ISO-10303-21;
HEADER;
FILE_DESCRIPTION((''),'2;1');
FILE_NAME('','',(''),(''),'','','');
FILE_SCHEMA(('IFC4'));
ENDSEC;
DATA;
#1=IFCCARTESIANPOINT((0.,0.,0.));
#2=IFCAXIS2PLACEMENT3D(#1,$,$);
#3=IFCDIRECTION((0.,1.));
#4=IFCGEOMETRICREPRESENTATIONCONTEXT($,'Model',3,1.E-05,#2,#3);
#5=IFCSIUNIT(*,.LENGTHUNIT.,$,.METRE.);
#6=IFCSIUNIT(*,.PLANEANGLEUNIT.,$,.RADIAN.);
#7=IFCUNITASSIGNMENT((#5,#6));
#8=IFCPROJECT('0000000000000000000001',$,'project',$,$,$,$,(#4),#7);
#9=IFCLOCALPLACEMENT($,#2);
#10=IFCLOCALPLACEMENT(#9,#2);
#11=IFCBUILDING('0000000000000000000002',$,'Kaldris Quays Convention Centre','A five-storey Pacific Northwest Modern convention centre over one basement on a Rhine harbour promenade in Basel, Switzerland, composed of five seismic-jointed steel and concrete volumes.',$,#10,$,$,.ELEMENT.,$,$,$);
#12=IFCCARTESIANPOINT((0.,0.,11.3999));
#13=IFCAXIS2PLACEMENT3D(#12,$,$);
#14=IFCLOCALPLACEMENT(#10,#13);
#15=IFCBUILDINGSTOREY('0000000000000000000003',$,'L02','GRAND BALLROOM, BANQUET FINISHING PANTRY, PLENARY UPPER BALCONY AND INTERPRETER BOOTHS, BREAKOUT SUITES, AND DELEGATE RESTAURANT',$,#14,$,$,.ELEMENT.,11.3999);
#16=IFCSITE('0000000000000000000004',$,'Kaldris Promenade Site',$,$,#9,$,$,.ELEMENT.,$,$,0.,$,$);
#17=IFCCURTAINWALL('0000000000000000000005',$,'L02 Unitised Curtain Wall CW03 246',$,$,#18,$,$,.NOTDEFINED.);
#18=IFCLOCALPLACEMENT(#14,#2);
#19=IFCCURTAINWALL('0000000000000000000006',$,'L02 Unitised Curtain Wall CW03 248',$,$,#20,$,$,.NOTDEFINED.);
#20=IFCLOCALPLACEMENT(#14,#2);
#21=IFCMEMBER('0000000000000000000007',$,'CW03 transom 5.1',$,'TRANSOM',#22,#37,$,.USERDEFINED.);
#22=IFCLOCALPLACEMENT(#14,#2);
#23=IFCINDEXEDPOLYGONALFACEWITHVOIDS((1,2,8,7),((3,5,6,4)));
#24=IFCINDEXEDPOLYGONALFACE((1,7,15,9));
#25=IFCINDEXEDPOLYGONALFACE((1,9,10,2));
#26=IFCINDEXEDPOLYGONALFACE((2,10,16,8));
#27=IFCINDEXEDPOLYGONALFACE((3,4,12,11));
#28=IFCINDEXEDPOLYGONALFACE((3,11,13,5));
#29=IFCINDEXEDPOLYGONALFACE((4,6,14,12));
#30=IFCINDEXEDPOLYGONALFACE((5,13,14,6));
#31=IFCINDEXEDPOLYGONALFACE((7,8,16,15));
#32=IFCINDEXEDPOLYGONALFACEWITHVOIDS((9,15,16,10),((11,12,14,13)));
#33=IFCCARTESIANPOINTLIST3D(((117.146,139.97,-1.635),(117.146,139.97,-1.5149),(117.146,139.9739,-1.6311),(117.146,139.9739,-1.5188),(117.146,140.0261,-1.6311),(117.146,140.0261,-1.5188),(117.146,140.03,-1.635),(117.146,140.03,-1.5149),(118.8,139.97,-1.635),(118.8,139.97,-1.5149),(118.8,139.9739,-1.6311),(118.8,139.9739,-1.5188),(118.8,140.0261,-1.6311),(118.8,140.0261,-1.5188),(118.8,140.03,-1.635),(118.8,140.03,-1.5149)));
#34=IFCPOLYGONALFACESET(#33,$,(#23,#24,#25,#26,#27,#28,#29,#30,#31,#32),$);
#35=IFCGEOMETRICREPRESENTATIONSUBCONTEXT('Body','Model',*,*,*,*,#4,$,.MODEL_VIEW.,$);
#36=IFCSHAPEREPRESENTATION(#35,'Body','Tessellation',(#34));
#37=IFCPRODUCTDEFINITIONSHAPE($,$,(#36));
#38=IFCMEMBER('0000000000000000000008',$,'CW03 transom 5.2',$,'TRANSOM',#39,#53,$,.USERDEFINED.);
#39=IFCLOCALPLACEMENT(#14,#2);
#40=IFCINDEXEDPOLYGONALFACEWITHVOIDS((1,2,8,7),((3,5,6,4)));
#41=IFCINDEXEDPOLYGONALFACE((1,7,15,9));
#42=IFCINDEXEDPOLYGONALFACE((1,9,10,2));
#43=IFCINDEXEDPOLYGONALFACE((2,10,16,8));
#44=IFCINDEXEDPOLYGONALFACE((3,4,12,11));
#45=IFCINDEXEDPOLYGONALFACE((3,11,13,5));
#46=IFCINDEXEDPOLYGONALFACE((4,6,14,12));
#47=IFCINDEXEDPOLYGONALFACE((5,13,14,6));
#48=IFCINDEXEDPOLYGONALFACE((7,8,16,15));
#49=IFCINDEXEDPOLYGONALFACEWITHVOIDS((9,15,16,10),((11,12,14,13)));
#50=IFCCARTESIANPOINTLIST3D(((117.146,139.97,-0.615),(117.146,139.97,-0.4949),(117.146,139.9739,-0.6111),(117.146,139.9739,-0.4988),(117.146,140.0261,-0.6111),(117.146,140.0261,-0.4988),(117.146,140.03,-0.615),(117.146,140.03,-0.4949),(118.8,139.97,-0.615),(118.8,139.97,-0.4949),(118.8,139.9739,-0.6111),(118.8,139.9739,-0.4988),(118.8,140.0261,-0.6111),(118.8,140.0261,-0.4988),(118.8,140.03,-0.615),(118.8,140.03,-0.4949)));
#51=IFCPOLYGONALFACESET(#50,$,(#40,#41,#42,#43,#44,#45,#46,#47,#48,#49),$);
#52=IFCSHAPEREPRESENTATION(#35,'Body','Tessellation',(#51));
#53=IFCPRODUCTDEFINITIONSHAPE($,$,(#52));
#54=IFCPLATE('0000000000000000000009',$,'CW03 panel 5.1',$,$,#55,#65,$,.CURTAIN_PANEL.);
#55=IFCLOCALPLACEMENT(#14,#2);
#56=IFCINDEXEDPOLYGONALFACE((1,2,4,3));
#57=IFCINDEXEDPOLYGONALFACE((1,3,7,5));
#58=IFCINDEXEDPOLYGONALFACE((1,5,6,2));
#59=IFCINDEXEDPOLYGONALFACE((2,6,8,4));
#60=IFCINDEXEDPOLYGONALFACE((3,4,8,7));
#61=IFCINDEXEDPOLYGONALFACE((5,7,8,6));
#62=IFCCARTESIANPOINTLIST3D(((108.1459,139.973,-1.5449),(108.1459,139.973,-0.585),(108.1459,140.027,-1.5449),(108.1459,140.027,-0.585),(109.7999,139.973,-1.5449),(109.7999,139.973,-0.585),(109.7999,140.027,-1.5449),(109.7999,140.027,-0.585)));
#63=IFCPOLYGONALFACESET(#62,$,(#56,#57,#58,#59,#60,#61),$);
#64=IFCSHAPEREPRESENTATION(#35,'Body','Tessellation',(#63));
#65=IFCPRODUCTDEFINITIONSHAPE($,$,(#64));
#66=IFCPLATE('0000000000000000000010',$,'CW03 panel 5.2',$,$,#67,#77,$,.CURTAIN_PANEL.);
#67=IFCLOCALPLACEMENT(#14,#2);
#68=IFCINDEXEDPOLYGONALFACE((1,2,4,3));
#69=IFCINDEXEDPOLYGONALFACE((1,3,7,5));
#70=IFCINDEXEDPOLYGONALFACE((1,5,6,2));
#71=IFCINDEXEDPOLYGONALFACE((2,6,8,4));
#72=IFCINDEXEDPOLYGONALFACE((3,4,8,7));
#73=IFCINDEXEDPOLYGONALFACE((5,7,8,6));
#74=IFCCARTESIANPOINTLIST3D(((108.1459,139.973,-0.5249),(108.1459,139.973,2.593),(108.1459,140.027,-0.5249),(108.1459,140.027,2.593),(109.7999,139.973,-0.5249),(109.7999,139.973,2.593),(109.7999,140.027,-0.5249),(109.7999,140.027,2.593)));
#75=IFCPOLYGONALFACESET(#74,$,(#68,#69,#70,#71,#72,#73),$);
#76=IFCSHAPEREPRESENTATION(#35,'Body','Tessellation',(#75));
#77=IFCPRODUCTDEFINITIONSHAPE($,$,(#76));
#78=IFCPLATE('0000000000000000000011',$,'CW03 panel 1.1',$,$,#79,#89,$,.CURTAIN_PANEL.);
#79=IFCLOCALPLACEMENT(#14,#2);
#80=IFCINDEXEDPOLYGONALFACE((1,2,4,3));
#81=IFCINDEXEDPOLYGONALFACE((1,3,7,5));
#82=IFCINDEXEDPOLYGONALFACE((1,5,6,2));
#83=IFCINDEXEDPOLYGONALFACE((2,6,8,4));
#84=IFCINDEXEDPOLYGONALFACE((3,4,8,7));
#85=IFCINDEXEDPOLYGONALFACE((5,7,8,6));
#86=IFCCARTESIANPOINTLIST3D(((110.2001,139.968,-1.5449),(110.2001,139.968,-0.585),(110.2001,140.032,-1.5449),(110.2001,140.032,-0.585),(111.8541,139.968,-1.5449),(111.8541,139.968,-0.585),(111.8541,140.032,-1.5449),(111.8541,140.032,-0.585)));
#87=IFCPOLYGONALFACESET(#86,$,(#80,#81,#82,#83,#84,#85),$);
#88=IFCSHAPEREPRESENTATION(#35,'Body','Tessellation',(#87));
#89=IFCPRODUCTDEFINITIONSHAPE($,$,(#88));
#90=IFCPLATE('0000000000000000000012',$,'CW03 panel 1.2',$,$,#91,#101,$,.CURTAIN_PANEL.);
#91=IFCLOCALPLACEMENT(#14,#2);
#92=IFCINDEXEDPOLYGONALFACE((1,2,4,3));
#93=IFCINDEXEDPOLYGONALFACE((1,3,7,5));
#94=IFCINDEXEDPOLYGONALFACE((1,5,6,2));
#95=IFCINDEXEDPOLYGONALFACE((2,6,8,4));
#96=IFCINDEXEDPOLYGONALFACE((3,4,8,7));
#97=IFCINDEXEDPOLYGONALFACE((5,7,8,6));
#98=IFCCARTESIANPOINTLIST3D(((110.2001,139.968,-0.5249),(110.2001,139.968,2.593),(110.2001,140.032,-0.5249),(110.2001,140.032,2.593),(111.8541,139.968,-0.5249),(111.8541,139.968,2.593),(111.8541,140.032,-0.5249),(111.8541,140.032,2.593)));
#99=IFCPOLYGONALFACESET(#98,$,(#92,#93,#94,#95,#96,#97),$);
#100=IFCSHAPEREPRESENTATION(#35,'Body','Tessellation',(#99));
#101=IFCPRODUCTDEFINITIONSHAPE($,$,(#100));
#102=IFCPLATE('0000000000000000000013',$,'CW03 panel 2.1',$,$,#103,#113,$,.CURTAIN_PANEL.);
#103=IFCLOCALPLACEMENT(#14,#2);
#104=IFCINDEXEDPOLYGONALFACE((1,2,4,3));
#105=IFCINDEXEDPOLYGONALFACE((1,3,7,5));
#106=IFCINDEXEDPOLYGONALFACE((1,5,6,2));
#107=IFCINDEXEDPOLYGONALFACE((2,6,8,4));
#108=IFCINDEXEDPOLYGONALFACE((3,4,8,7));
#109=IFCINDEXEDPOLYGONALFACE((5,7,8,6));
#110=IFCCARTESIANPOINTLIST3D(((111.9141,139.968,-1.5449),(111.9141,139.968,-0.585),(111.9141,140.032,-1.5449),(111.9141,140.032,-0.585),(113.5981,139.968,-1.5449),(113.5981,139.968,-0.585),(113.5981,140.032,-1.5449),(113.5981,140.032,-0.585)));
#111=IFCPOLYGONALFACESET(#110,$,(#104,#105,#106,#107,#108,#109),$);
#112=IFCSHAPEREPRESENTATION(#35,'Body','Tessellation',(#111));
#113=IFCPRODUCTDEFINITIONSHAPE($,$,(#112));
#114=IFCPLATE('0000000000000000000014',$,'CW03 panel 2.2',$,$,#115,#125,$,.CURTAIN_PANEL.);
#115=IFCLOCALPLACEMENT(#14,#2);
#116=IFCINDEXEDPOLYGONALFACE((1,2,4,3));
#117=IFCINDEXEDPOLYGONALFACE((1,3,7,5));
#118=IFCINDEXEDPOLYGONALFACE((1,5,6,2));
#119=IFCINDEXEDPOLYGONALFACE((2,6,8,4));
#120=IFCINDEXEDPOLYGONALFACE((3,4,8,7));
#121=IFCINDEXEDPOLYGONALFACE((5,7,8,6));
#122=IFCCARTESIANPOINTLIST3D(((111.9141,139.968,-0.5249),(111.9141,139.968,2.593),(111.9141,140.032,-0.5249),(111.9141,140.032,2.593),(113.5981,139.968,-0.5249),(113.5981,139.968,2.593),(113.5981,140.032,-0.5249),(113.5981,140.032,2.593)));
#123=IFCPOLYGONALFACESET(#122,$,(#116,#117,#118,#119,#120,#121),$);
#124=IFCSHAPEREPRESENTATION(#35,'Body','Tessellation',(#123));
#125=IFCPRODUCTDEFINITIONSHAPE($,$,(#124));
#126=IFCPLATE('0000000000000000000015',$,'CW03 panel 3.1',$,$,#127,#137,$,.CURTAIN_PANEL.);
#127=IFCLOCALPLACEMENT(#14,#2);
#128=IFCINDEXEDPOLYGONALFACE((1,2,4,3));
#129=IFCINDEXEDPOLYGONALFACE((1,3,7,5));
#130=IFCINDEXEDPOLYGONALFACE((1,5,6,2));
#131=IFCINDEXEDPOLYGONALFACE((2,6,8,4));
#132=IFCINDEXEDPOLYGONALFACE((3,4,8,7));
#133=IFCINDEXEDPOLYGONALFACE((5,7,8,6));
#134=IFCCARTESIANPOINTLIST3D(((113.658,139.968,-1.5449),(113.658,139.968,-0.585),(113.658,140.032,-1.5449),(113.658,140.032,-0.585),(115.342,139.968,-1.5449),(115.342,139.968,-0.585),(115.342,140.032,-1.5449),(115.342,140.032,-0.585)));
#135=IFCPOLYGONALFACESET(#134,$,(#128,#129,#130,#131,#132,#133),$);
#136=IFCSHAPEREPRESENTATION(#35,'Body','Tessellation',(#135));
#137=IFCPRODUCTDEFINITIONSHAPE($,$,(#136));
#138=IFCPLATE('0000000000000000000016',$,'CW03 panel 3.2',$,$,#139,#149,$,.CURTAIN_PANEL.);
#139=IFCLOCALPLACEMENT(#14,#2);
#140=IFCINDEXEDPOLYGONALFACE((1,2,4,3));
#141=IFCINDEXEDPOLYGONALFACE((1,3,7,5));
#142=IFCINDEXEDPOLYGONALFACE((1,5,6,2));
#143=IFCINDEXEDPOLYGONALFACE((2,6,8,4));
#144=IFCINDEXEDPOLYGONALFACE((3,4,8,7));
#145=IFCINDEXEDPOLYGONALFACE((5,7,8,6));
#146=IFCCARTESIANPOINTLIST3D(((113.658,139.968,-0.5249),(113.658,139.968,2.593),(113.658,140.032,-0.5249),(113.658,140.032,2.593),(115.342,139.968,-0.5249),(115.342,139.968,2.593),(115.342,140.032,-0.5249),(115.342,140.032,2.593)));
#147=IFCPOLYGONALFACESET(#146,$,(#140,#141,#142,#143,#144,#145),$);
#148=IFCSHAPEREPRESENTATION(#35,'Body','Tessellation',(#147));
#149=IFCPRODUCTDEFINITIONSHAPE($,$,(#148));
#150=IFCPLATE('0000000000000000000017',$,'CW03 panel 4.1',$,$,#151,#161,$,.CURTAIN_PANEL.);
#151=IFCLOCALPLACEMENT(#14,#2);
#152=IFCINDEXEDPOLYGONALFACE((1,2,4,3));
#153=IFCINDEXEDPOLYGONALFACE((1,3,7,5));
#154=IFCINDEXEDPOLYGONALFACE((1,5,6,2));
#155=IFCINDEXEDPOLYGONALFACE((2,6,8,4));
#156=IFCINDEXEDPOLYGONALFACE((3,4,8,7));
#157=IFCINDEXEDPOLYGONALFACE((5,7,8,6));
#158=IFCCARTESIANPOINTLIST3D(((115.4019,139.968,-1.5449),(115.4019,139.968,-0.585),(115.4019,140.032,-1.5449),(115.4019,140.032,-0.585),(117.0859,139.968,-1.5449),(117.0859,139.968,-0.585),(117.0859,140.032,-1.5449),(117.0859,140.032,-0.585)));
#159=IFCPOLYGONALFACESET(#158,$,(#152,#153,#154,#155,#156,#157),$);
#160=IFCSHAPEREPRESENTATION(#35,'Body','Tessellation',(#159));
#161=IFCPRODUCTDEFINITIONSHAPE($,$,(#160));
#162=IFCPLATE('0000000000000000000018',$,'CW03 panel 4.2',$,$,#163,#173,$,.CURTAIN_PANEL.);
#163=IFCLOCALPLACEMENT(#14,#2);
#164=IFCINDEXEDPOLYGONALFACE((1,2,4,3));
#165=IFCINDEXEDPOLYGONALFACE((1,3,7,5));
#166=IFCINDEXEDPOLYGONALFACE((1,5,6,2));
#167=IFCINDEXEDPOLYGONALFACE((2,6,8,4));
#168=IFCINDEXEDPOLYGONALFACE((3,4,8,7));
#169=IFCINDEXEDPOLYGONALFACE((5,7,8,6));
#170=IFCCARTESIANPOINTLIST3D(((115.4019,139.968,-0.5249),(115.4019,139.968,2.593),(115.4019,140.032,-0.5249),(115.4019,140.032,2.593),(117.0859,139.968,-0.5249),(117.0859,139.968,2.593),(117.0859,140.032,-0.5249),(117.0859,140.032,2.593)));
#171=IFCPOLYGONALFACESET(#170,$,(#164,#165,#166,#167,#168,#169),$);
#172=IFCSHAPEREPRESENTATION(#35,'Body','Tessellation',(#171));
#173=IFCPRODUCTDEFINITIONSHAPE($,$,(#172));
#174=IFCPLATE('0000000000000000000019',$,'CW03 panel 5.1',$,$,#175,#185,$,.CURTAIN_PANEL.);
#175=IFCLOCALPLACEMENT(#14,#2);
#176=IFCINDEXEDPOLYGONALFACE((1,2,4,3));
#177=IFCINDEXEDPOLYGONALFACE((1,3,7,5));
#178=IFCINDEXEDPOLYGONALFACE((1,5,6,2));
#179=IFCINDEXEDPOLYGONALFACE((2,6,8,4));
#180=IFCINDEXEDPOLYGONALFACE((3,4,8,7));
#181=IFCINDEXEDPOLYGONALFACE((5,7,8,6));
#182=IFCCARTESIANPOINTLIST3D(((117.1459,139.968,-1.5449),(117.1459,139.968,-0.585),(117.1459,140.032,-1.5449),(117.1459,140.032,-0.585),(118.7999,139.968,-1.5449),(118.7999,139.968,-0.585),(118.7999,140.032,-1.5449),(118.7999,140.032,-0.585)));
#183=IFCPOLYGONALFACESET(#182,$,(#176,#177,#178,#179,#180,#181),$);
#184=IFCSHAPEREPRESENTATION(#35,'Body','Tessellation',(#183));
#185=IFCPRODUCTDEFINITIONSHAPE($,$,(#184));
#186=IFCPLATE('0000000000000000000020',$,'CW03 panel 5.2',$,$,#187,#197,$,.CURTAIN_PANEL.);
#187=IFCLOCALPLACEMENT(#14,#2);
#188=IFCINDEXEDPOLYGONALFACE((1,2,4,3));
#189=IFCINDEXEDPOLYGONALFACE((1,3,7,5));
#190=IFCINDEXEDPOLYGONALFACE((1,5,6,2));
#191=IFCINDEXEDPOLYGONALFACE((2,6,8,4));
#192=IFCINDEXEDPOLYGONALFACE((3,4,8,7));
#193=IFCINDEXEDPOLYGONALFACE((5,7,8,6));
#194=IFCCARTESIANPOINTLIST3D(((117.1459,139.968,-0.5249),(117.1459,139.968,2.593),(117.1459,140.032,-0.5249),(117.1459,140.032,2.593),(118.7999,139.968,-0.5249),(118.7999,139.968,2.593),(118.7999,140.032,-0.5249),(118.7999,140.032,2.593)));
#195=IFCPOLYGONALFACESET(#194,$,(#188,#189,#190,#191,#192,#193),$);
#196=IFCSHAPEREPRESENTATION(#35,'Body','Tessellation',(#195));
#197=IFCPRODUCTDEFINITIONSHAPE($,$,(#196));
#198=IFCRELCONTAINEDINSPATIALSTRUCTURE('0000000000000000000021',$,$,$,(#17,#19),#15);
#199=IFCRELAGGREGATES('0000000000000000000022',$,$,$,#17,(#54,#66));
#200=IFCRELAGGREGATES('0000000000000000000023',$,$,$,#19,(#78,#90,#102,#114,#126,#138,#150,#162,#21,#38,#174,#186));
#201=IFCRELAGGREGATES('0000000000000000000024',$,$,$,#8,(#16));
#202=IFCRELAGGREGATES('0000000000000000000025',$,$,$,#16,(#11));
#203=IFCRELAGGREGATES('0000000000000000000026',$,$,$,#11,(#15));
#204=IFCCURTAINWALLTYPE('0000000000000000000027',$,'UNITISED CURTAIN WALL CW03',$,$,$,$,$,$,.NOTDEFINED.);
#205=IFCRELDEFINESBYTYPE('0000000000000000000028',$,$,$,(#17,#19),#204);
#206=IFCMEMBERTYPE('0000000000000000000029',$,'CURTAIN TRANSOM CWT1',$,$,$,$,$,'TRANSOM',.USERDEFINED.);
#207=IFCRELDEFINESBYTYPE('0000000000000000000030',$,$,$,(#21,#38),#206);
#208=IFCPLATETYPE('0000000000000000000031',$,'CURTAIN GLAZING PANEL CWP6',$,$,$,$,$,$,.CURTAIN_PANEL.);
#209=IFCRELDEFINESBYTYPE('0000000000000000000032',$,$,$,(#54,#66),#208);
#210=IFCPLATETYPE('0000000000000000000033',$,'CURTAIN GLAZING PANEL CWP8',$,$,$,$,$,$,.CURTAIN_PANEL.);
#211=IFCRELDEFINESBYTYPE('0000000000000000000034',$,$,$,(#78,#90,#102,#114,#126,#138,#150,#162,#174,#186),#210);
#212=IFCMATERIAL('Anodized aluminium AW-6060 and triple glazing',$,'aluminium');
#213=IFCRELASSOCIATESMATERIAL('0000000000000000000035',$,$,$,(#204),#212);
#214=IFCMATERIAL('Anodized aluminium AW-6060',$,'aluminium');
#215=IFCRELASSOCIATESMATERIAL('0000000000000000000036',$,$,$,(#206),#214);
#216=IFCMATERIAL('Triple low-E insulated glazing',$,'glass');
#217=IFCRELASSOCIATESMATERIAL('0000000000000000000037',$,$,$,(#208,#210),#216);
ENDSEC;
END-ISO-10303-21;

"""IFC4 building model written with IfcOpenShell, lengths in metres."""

from ifc_helpers import new_model, si_unit, direction, frame, origin, origin_2d, place, context, subcontext, project, spatial, rectangle, hollow_rectangle, extrude, material, material_profile, profile_set, type_object, element, aggregate, save


model = new_model("IFC4")

# Units and contexts
model_context = context("Model", 3, precision=1e-05, world=origin(), true_north=direction((0.0, 1.0)))
body_context = subcontext(model_context, "Body", "Model", "MODEL_VIEW")
ifc_project = project(units=[si_unit("LENGTHUNIT", "METRE"), si_unit("PLANEANGLEUNIT", "RADIAN")], contexts=[model_context])

# Site, building, storey
site_placement = place(None, origin())
site = spatial("IfcSite", under=ifc_project, at=site_placement, Name="Kaldris Promenade Site", CompositionType="ELEMENT", RefElevation=0.0)
building_placement = place(site_placement, origin())
building = spatial("IfcBuilding", under=site, at=building_placement, Name="Kaldris Quays Convention Centre", Description="A five-storey Pacific Northwest Modern convention centre over one basement on a Rhine harbour promenade in Basel, Switzerland, composed of five seismic-jointed steel and concrete volumes.", CompositionType="ELEMENT")
storey_placement = place(building_placement, frame((0.0, 0.0, 11.3999)))
storey = spatial("IfcBuildingStorey", under=building, at=storey_placement, Name="L02", Description="GRAND BALLROOM, BANQUET FINISHING PANTRY, PLENARY UPPER BALCONY AND INTERPRETER BOOTHS, BREAKOUT SUITES, AND DELEGATE RESTAURANT", CompositionType="ELEMENT", Elevation=11.3999)

# Curtain wall
ifc_material_1 = material(Name="Anodized aluminium AW-6060 and triple glazing", Category="aluminium")
curtain_wall_type = type_object("IfcCurtainWallType", Name="UNITISED CURTAIN WALL CW03", PredefinedType="NOTDEFINED", material=ifc_material_1)
curtain_wall_1_placement = place(storey_placement, origin())
curtain_wall_1 = element("IfcCurtainWall", 1, at=curtain_wall_1_placement, inside=storey, type_object=curtain_wall_type, Name="L02 Unitised Curtain Wall CW03 246", PredefinedType="NOTDEFINED")
ifc_material_2 = material(Name="Anodized aluminium AW-6060", Category="aluminium")

# Curtain wall
curtain_wall_2_placement = place(storey_placement, origin())
curtain_wall_2 = element("IfcCurtainWall", 2, at=curtain_wall_2_placement, inside=storey, type_object=curtain_wall_type, Name="L02 Unitised Curtain Wall CW03 248", PredefinedType="NOTDEFINED")

# Members
ifc_material_profile_1 = material_profile(ifc_material_2, hollow_rectangle(XDim=0.0601, YDim=0.1201, WallThickness=0.0039, at=origin_2d()), Name="RHS 120x60x4")
ifc_profile_set_1 = profile_set([ifc_material_profile_1], Name="Anodized aluminium AW-6060")
member_type_1 = type_object("IfcMemberType", Name="CURTAIN TRANSOM CWT1", ElementType="TRANSOM", PredefinedType="USERDEFINED", material=ifc_profile_set_1)
member_1_placement = place(storey_placement, frame((117.146, 140.0, -1.575), z_axis=(1.0, 0.0, 0.0), x_axis=(0.0, 1.0, 0.0)))
member_1 = element("IfcMember", 3, at=member_1_placement, type_object=member_type_1, Name="CW03 transom 5.1", ObjectType="TRANSOM", PredefinedType="USERDEFINED", context=body_context, shape_type="SweptSolid", body=[
    extrude(hollow_rectangle(XDim=0.0601, YDim=0.1201, WallThickness=0.0039, at=origin_2d()), origin(), (0.0, 0.0, 1.0), 1.6541),
])
member_2_placement = place(storey_placement, frame((117.146, 140.0, -0.5549), z_axis=(1.0, 0.0, 0.0), x_axis=(0.0, 1.0, 0.0)))
member_2 = element("IfcMember", 4, at=member_2_placement, type_object=member_type_1, Name="CW03 transom 5.2", ObjectType="TRANSOM", PredefinedType="USERDEFINED", context=body_context, shape_type="SweptSolid", body=[
    extrude(hollow_rectangle(XDim=0.0601, YDim=0.1201, WallThickness=0.0039, at=origin_2d()), origin(), (0.0, 0.0, 1.0), 1.6541),
])

# Plates
ifc_material_3 = material(Name="Triple low-E insulated glazing", Category="glass")
plate_type_1 = type_object("IfcPlateType", Name="CURTAIN GLAZING PANEL CWP6", PredefinedType="CURTAIN_PANEL", material=ifc_material_3)
plate_1_placement = place(storey_placement, frame((108.9729, 140.0, -1.5449), z_axis=(0.0, 0.0, 1.0), x_axis=(1.0, 0.0, 0.0)))
plate_1 = element("IfcPlate", 5, at=plate_1_placement, type_object=plate_type_1, Name="CW03 panel 5.1", PredefinedType="CURTAIN_PANEL", context=body_context, shape_type="SweptSolid", body=[
    extrude(rectangle(XDim=1.6541, YDim=0.054, at=origin_2d()), origin(), (0.0, 0.0, 1.0), 0.96),
])
plate_2_placement = place(storey_placement, frame((108.9729, 140.0, -0.5249), z_axis=(0.0, 0.0, 1.0), x_axis=(1.0, 0.0, 0.0)))
plate_2 = element("IfcPlate", 6, at=plate_2_placement, type_object=plate_type_1, Name="CW03 panel 5.2", PredefinedType="CURTAIN_PANEL", context=body_context, shape_type="SweptSolid", body=[
    extrude(rectangle(XDim=1.6541, YDim=0.054, at=origin_2d()), origin(), (0.0, 0.0, 1.0), 3.1179),
])
aggregate(curtain_wall_1, [plate_1, plate_2])
plate_type_2 = type_object("IfcPlateType", Name="CURTAIN GLAZING PANEL CWP8", PredefinedType="CURTAIN_PANEL", material=ifc_material_3)
plate_3_placement = place(storey_placement, frame((111.0271, 140.0, -1.5449), z_axis=(0.0, 0.0, 1.0), x_axis=(1.0, 0.0, 0.0)))
plate_3 = element("IfcPlate", 7, at=plate_3_placement, type_object=plate_type_2, Name="CW03 panel 1.1", PredefinedType="CURTAIN_PANEL", context=body_context, shape_type="SweptSolid", body=[
    extrude(rectangle(XDim=1.6541, YDim=0.064, at=origin_2d()), origin(), (0.0, 0.0, 1.0), 0.96),
])
plate_4_placement = place(storey_placement, frame((111.0271, 140.0, -0.5249), z_axis=(0.0, 0.0, 1.0), x_axis=(1.0, 0.0, 0.0)))
plate_4 = element("IfcPlate", 8, at=plate_4_placement, type_object=plate_type_2, Name="CW03 panel 1.2", PredefinedType="CURTAIN_PANEL", context=body_context, shape_type="SweptSolid", body=[
    extrude(rectangle(XDim=1.6541, YDim=0.064, at=origin_2d()), origin(), (0.0, 0.0, 1.0), 3.1179),
])
plate_5_placement = place(storey_placement, frame((112.7561, 140.0, -1.5449), z_axis=(0.0, 0.0, 1.0), x_axis=(1.0, 0.0, 0.0)))
plate_5 = element("IfcPlate", 9, at=plate_5_placement, type_object=plate_type_2, Name="CW03 panel 2.1", PredefinedType="CURTAIN_PANEL", context=body_context, shape_type="SweptSolid", body=[
    extrude(rectangle(XDim=1.6841, YDim=0.064, at=origin_2d()), origin(), (0.0, 0.0, 1.0), 0.96),
])
plate_6_placement = place(storey_placement, frame((112.7561, 140.0, -0.5249), z_axis=(0.0, 0.0, 1.0), x_axis=(1.0, 0.0, 0.0)))
plate_6 = element("IfcPlate", 10, at=plate_6_placement, type_object=plate_type_2, Name="CW03 panel 2.2", PredefinedType="CURTAIN_PANEL", context=body_context, shape_type="SweptSolid", body=[
    extrude(rectangle(XDim=1.6841, YDim=0.064, at=origin_2d()), origin(), (0.0, 0.0, 1.0), 3.1179),
])
plate_7_placement = place(storey_placement, frame((114.5, 140.0, -1.5449), z_axis=(0.0, 0.0, 1.0), x_axis=(1.0, 0.0, 0.0)))
plate_7 = element("IfcPlate", 11, at=plate_7_placement, type_object=plate_type_2, Name="CW03 panel 3.1", PredefinedType="CURTAIN_PANEL", context=body_context, shape_type="SweptSolid", body=[
    extrude(rectangle(XDim=1.6841, YDim=0.064, at=origin_2d()), origin(), (0.0, 0.0, 1.0), 0.96),
])
plate_8_placement = place(storey_placement, frame((114.5, 140.0, -0.5249), z_axis=(0.0, 0.0, 1.0), x_axis=(1.0, 0.0, 0.0)))
plate_8 = element("IfcPlate", 12, at=plate_8_placement, type_object=plate_type_2, Name="CW03 panel 3.2", PredefinedType="CURTAIN_PANEL", context=body_context, shape_type="SweptSolid", body=[
    extrude(rectangle(XDim=1.6841, YDim=0.064, at=origin_2d()), origin(), (0.0, 0.0, 1.0), 3.1179),
])
plate_9_placement = place(storey_placement, frame((116.2439, 140.0, -1.5449), z_axis=(0.0, 0.0, 1.0), x_axis=(1.0, 0.0, 0.0)))
plate_9 = element("IfcPlate", 13, at=plate_9_placement, type_object=plate_type_2, Name="CW03 panel 4.1", PredefinedType="CURTAIN_PANEL", context=body_context, shape_type="SweptSolid", body=[
    extrude(rectangle(XDim=1.6841, YDim=0.064, at=origin_2d()), origin(), (0.0, 0.0, 1.0), 0.96),
])
plate_10_placement = place(storey_placement, frame((116.2439, 140.0, -0.5249), z_axis=(0.0, 0.0, 1.0), x_axis=(1.0, 0.0, 0.0)))
plate_10 = element("IfcPlate", 14, at=plate_10_placement, type_object=plate_type_2, Name="CW03 panel 4.2", PredefinedType="CURTAIN_PANEL", context=body_context, shape_type="SweptSolid", body=[
    extrude(rectangle(XDim=1.6841, YDim=0.064, at=origin_2d()), origin(), (0.0, 0.0, 1.0), 3.1179),
])
plate_11_placement = place(storey_placement, frame((117.9729, 140.0, -1.5449), z_axis=(0.0, 0.0, 1.0), x_axis=(1.0, 0.0, 0.0)))
plate_11 = element("IfcPlate", 15, at=plate_11_placement, type_object=plate_type_2, Name="CW03 panel 5.1", PredefinedType="CURTAIN_PANEL", context=body_context, shape_type="SweptSolid", body=[
    extrude(rectangle(XDim=1.6541, YDim=0.064, at=origin_2d()), origin(), (0.0, 0.0, 1.0), 0.96),
])
plate_12_placement = place(storey_placement, frame((117.9729, 140.0, -0.5249), z_axis=(0.0, 0.0, 1.0), x_axis=(1.0, 0.0, 0.0)))
plate_12 = element("IfcPlate", 16, at=plate_12_placement, type_object=plate_type_2, Name="CW03 panel 5.2", PredefinedType="CURTAIN_PANEL", context=body_context, shape_type="SweptSolid", body=[
    extrude(rectangle(XDim=1.6541, YDim=0.064, at=origin_2d()), origin(), (0.0, 0.0, 1.0), 3.1179),
])
aggregate(curtain_wall_2, [plate_3, plate_4, plate_5, plate_6, plate_7, plate_8, plate_9, plate_10, member_1, member_2, plate_11, plate_12])

save(model, "model.ifc")
